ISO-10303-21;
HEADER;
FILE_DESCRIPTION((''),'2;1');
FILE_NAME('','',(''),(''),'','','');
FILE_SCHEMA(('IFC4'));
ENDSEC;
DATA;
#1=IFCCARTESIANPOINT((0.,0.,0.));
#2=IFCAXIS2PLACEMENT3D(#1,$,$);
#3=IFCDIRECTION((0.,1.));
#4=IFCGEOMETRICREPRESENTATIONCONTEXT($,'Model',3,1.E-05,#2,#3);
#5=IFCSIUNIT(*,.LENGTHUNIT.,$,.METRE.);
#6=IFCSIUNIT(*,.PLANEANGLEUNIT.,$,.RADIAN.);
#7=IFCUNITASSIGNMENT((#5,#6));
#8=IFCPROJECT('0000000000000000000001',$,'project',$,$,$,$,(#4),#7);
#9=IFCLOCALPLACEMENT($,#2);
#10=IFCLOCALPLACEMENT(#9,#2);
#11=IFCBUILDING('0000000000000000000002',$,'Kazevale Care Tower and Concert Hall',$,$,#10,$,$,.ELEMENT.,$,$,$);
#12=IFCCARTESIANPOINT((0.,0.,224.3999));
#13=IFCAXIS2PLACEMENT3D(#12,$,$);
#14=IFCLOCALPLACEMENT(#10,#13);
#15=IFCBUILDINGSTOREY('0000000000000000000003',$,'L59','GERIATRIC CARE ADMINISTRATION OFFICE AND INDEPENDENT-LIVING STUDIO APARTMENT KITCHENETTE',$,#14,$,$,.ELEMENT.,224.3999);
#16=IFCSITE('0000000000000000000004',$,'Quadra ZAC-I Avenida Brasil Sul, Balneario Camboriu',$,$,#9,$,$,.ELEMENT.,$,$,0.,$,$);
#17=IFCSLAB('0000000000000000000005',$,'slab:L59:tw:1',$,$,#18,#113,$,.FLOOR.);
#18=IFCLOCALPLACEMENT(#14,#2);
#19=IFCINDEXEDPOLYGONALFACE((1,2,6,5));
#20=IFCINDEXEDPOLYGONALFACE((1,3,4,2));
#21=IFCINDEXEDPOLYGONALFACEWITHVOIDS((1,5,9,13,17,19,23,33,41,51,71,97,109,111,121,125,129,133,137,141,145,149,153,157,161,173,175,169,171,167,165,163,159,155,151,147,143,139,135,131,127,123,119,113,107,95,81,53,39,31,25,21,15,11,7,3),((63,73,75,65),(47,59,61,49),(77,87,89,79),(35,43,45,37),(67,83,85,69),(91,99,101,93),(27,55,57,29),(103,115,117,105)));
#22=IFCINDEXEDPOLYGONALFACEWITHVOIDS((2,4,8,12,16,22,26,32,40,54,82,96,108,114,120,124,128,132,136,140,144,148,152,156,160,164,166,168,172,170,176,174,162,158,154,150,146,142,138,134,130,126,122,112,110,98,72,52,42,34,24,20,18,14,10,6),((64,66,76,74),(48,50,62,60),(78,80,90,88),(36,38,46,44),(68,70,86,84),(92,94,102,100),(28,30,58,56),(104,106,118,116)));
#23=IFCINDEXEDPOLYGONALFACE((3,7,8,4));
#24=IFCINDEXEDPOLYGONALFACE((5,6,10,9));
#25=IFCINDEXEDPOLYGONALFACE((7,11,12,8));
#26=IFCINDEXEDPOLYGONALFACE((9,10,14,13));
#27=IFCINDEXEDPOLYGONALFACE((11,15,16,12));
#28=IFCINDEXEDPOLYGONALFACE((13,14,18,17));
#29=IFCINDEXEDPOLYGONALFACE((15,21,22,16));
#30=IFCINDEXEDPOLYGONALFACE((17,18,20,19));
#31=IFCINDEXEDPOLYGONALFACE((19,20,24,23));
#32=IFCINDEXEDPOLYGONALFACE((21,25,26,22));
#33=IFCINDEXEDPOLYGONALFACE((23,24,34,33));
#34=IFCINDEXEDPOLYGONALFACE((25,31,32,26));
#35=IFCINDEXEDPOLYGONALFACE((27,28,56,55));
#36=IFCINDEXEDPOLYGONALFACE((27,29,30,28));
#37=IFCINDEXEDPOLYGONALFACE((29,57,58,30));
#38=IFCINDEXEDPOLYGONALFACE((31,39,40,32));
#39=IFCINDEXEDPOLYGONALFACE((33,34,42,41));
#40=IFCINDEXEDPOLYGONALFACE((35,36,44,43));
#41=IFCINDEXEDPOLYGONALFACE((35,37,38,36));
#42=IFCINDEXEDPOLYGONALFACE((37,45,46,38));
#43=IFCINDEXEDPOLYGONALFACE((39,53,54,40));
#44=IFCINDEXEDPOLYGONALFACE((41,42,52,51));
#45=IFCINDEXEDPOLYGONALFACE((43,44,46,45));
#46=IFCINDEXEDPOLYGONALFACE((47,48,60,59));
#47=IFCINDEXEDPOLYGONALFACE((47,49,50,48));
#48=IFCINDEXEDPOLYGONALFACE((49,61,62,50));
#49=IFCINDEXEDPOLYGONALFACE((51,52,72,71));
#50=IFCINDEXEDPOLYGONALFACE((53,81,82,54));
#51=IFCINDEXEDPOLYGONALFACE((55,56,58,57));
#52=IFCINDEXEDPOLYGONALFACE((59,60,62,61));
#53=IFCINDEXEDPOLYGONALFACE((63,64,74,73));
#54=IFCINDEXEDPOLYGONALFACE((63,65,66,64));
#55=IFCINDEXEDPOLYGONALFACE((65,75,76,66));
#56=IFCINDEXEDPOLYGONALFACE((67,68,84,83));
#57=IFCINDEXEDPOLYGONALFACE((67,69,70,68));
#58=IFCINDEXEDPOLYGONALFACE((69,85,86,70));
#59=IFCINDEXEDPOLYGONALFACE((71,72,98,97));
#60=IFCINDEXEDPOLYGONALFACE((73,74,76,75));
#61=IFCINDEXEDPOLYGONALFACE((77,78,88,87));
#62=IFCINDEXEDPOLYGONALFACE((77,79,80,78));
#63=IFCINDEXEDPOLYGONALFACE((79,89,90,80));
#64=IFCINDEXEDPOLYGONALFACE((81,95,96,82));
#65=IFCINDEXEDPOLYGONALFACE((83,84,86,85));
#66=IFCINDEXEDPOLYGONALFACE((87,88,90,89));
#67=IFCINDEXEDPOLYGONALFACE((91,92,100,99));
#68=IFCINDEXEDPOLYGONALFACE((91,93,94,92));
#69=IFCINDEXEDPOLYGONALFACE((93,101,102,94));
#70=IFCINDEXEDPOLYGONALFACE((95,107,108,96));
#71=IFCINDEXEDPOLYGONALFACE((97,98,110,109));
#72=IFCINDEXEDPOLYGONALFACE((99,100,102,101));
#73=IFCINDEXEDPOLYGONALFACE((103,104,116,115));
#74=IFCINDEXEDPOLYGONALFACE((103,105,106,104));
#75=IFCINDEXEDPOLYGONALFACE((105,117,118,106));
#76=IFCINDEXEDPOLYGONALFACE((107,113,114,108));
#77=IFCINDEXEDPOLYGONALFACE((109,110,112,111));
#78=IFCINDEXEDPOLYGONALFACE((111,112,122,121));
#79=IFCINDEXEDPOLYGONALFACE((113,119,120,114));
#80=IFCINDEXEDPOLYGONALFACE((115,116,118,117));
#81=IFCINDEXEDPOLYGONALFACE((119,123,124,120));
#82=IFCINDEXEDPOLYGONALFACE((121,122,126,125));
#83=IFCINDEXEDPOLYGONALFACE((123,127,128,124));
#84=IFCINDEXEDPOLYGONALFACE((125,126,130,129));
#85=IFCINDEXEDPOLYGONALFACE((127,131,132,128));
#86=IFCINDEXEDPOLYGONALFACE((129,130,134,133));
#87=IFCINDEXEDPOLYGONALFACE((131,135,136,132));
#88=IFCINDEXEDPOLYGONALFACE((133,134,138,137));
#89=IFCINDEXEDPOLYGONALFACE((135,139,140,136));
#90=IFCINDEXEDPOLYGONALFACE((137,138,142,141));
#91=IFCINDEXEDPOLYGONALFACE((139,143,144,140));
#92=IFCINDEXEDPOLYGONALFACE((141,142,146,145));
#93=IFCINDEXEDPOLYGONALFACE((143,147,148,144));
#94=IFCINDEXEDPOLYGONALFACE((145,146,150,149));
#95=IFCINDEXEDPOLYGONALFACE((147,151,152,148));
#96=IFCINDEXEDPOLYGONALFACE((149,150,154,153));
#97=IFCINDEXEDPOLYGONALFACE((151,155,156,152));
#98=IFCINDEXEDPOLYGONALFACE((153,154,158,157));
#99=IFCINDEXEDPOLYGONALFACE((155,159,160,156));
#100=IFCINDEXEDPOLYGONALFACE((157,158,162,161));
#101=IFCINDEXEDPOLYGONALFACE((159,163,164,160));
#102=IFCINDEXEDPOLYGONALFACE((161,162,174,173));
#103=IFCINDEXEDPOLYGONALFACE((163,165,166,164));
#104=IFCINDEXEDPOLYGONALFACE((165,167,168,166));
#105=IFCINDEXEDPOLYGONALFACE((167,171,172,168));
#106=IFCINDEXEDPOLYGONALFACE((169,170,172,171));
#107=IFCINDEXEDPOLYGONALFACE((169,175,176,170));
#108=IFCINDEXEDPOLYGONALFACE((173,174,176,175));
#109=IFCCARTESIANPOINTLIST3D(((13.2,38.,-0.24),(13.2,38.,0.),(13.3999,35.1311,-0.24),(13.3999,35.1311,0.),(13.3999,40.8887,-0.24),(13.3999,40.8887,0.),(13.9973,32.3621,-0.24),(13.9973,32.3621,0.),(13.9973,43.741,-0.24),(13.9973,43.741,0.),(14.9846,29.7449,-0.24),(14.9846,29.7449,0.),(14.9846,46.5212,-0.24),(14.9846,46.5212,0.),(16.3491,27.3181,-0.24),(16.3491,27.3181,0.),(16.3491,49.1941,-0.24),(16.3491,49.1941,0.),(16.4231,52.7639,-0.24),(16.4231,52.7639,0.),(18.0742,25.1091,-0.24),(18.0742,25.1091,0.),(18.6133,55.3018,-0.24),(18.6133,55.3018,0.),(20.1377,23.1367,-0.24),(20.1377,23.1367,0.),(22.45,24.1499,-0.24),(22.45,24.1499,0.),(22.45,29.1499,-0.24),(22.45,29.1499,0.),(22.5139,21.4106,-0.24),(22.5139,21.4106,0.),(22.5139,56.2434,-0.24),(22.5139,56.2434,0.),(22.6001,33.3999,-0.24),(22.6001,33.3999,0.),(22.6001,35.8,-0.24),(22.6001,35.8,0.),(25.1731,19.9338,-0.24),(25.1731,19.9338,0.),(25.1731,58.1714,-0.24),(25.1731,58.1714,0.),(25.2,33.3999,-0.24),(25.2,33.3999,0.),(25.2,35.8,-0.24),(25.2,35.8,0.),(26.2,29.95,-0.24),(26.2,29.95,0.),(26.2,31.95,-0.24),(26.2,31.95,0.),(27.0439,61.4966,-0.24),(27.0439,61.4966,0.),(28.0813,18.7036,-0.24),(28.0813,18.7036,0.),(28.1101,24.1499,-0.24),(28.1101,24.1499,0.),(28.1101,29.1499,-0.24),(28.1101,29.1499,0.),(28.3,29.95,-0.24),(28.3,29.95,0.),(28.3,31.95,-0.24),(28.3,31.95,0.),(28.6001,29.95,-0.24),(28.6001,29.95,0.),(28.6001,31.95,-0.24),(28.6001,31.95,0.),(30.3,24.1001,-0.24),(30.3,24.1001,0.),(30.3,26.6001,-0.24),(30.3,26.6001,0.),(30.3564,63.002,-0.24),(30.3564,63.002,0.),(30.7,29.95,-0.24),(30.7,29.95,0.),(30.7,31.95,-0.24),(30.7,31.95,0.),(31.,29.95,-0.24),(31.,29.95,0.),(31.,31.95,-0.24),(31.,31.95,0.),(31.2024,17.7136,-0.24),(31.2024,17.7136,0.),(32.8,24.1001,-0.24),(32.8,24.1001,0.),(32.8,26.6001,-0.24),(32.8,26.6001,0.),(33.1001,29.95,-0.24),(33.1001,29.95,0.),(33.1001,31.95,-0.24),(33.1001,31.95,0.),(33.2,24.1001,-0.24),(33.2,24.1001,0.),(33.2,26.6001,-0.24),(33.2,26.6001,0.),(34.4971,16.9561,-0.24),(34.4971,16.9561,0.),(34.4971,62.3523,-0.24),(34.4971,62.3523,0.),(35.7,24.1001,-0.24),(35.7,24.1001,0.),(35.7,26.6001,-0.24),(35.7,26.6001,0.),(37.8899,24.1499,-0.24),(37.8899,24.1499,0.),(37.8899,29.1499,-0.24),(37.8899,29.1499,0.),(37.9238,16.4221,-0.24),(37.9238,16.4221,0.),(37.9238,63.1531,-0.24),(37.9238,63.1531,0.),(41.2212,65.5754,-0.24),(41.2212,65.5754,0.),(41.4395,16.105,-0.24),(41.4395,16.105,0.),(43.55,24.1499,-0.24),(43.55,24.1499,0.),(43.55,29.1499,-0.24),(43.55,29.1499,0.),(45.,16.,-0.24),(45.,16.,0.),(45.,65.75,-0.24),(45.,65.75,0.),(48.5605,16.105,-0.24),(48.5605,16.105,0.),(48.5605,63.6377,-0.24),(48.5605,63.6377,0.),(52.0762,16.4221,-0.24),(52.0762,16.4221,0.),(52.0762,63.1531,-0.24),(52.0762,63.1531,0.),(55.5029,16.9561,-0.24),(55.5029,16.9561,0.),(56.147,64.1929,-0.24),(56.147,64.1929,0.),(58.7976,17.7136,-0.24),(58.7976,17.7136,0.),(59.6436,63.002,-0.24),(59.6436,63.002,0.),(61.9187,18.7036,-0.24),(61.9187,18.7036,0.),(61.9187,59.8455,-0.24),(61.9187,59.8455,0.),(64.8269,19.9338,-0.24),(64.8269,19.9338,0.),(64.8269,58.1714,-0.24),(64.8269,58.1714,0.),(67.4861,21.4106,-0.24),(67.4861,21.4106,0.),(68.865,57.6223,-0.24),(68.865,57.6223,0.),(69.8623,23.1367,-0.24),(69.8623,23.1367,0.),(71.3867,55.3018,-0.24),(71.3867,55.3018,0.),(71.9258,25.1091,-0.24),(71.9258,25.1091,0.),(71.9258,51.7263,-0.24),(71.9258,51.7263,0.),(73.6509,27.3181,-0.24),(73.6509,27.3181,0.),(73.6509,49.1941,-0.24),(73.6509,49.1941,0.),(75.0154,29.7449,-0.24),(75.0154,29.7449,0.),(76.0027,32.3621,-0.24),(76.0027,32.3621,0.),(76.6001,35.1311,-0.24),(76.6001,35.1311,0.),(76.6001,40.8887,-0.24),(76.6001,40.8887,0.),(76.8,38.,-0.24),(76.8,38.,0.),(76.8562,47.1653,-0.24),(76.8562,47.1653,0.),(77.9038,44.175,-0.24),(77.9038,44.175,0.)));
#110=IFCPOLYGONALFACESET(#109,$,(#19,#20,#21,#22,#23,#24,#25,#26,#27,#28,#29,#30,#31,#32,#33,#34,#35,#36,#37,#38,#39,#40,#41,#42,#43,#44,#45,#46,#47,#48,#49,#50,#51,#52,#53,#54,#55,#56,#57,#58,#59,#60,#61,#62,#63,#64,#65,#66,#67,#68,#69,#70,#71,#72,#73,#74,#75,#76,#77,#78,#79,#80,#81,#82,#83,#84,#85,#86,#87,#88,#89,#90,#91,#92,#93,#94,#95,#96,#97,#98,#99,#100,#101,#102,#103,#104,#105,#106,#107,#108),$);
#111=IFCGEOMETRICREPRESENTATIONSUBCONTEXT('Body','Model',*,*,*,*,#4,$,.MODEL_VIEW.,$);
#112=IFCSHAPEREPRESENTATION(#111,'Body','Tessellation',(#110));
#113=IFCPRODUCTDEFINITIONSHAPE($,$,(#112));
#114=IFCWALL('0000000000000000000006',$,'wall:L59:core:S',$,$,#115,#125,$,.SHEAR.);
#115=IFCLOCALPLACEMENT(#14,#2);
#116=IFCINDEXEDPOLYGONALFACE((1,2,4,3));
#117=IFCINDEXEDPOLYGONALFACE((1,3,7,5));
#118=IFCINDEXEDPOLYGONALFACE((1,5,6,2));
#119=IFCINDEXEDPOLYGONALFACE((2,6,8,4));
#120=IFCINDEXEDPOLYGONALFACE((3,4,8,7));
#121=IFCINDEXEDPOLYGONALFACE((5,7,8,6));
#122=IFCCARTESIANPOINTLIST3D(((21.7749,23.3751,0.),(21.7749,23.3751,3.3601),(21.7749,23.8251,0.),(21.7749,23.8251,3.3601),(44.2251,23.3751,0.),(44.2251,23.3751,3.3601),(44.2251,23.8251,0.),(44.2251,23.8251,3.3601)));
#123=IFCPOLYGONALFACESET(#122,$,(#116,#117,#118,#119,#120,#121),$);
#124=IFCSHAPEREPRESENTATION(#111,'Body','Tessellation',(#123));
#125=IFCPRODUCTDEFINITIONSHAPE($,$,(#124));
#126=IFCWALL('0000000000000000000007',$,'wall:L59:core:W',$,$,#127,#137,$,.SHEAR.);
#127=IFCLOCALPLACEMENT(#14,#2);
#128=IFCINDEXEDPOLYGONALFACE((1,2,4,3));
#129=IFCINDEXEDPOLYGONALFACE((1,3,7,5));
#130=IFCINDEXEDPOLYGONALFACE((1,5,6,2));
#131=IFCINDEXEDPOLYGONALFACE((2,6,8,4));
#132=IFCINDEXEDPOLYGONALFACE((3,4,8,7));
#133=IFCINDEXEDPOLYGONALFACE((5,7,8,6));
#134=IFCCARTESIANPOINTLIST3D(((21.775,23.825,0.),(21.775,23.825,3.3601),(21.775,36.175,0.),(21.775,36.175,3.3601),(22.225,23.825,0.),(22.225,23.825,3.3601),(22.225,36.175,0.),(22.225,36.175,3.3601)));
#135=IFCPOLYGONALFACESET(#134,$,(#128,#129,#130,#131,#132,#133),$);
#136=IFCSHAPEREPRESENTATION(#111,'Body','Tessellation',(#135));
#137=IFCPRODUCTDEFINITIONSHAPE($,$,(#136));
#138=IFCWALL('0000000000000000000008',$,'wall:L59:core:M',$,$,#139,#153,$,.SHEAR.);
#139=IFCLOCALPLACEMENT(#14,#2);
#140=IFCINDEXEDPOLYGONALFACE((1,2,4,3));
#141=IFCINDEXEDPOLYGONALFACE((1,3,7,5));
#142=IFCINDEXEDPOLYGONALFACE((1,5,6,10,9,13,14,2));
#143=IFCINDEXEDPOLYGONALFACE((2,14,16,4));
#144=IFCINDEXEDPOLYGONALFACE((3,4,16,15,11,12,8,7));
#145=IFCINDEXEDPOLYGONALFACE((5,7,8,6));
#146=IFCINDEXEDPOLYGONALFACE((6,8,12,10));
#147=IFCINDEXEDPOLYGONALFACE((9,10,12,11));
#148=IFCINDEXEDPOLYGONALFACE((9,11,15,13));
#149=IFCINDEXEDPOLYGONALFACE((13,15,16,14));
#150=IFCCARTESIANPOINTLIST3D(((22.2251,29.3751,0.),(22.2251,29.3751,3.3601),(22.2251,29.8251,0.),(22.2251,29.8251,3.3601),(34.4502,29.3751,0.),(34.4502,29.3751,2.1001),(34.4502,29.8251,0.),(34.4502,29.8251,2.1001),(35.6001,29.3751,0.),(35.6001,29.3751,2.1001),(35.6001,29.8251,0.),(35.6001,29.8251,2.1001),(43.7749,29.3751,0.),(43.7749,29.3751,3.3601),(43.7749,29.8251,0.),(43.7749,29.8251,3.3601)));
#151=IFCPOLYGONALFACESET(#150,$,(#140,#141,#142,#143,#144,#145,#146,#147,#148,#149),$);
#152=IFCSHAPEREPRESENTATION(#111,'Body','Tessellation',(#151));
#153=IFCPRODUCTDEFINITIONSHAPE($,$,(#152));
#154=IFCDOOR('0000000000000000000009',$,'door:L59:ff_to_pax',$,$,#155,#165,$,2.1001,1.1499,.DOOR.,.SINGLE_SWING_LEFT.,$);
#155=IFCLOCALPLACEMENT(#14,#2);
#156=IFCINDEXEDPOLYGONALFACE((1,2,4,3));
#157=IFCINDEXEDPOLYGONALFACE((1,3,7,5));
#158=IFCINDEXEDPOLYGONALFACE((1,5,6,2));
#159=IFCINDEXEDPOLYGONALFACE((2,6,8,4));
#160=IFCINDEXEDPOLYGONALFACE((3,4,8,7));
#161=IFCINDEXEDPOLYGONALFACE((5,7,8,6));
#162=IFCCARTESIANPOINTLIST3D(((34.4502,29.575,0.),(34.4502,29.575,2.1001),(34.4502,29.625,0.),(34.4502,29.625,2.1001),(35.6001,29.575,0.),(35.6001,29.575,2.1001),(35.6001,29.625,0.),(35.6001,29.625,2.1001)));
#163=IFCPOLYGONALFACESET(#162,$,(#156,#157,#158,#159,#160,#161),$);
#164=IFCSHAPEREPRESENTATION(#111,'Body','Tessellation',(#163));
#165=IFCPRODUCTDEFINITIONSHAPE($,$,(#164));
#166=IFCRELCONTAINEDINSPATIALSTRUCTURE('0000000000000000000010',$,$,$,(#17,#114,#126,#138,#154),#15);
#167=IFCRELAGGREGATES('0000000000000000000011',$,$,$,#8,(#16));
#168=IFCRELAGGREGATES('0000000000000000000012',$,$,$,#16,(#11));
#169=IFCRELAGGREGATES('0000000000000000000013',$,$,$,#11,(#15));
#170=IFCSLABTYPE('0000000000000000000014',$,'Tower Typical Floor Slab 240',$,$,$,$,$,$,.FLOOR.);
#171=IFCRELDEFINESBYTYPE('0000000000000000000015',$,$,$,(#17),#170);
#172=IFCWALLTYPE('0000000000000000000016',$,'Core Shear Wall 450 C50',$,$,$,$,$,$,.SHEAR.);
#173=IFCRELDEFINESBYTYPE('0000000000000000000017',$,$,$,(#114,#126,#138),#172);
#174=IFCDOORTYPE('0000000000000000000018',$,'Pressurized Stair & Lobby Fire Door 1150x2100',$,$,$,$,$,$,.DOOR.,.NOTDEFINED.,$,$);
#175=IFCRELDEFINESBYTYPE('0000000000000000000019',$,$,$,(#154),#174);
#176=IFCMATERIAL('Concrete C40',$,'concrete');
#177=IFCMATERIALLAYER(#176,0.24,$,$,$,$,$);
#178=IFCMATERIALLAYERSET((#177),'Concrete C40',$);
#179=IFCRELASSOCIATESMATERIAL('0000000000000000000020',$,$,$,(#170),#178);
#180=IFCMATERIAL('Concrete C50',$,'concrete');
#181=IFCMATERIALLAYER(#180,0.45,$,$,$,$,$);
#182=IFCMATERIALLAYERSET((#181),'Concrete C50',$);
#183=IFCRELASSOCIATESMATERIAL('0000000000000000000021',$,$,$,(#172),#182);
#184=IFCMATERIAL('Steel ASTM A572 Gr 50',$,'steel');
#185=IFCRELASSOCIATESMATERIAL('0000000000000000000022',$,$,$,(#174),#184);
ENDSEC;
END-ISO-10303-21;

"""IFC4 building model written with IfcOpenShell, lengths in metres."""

from ifc_helpers import new_model, si_unit, direction, frame, frame_2d, origin, place, context, subcontext, project, spatial, polyline, rectangle, outline, extrude, material, layer, layer_set, type_object, element, fill, save


model = new_model("IFC4")

# Units and contexts
model_context = context("Model", 3, precision=1e-05, world=origin(), true_north=direction((0.0, 1.0)))
body_context = subcontext(model_context, "Body", "Model", "MODEL_VIEW")
ifc_project = project(units=[si_unit("LENGTHUNIT", "METRE"), si_unit("PLANEANGLEUNIT", "RADIAN")], contexts=[model_context])

# Site, building, storey
site_placement = place(None, origin())
site = spatial("IfcSite", under=ifc_project, at=site_placement, Name="Quadra ZAC-I Avenida Brasil Sul, Balneario Camboriu", CompositionType="ELEMENT", RefElevation=0.0)
building_placement = place(site_placement, origin())
building = spatial("IfcBuilding", under=site, at=building_placement, Name="Kazevale Care Tower and Concert Hall", CompositionType="ELEMENT")
storey_placement = place(building_placement, frame((0.0, 0.0, 224.3999)))
storey = spatial("IfcBuildingStorey", under=building, at=storey_placement, Name="L59", Description="GERIATRIC CARE ADMINISTRATION OFFICE AND INDEPENDENT-LIVING STUDIO APARTMENT KITCHENETTE", CompositionType="ELEMENT", Elevation=224.3999)

# Shared definitions
ifc_material_1 = material(Name="Concrete C50", Category="concrete")

# Shared definitions
ifc_material_2 = material(Name="Steel ASTM A572 Gr 50", Category="steel")

# Shared definitions
ifc_material_3 = material(Name="Concrete C40", Category="concrete")

# Slab
ifc_layer_1 = layer(ifc_material_3, 0.24)
ifc_layer_set_1 = layer_set([ifc_layer_1], Name="Concrete C40")
slab_type_1 = type_object("IfcSlabType", Name="Tower Typical Floor Slab 240", PredefinedType="FLOOR", material=ifc_layer_set_1)
slab_1_placement = place(storey_placement, frame((0.0, 0.0, -0.24)))
element("IfcSlab", 1, at=slab_1_placement, inside=storey, type_object=slab_type_1, Name="slab:L59:tw:1", PredefinedType="FLOOR", context=body_context, shape_type="SweptSolid", body=[
    extrude(outline(polyline([(76.8, 38.0), (76.6001, 40.8887), (77.9038, 44.175), (76.8562, 47.1653), (73.6509, 49.1941), (71.9258, 51.7263), (71.3867, 55.3018), (68.865, 57.6223), (64.8269, 58.1714), (61.9187, 59.8455), (59.6436, 63.002), (56.147, 64.1929), (52.0762, 63.1531), (48.5605, 63.6377), (45.0, 65.75), (41.2212, 65.5754), (37.9238, 63.1531), (34.4971, 62.3523), (30.3564, 63.002), (27.0439, 61.4966), (25.1731, 58.1714), (22.5139, 56.2434), (18.6133, 55.3018), (16.4231, 52.7639), (16.3491, 49.1941), (14.9846, 46.5212), (13.9973, 43.741), (13.3999, 40.8887), (13.2, 38.0), (13.3999, 35.1311), (13.9973, 32.3621), (14.9846, 29.7449), (16.3491, 27.3181), (18.0742, 25.1091), (20.1377, 23.1367), (22.5139, 21.4106), (25.1731, 19.9338), (28.0813, 18.7036), (31.2024, 17.7136), (34.4971, 16.9561), (37.9238, 16.4221), (41.4395, 16.105), (45.0, 16.0), (48.5605, 16.105), (52.0762, 16.4221), (55.5029, 16.9561), (58.7976, 17.7136), (61.9187, 18.7036), (64.8269, 19.9338), (67.4861, 21.4106), (69.8623, 23.1367), (71.9258, 25.1091), (73.6509, 27.3181), (75.0154, 29.7449), (76.0027, 32.3621), (76.6001, 35.1311), (76.8, 38.0)]), holes=[polyline([(22.45, 24.1499), (28.1101, 24.1499), (28.1101, 29.1499), (22.45, 29.1499), (22.45, 24.1499)]), polyline([(37.8899, 24.1499), (43.55, 24.1499), (43.55, 29.1499), (37.8899, 29.1499), (37.8899, 24.1499)]), polyline([(30.3, 24.1001), (32.8, 24.1001), (32.8, 26.6001), (30.3, 26.6001), (30.3, 24.1001)]), polyline([(33.2, 24.1001), (35.7, 24.1001), (35.7, 26.6001), (33.2, 26.6001), (33.2, 24.1001)]), polyline([(22.6001, 33.3999), (25.2, 33.3999), (25.2, 35.8), (22.6001, 35.8), (22.6001, 33.3999)]), polyline([(26.2, 29.95), (28.3, 29.95), (28.3, 31.95), (26.2, 31.95), (26.2, 29.95)]), polyline([(28.6001, 29.95), (30.7, 29.95), (30.7, 31.95), (28.6001, 31.95), (28.6001, 29.95)]), polyline([(31.0, 29.95), (33.1001, 29.95), (33.1001, 31.95), (31.0, 31.95), (31.0, 29.95)])]), origin(), (0.0, 0.0, 1.0), 0.24),
])

# Walls
ifc_layer_2 = layer(ifc_material_1, 0.45)
ifc_layer_set_2 = layer_set([ifc_layer_2], Name="Concrete C50")
wall_type_1 = type_object("IfcWallType", Name="Core Shear Wall 450 C50", PredefinedType="SHEAR", material=ifc_layer_set_2)
wall_1_placement = place(storey_placement, frame((21.7749, 23.6001, 0.0), z_axis=(0.0, 0.0, 1.0), x_axis=(1.0, 0.0, 0.0)))
element("IfcWall", 2, at=wall_1_placement, inside=storey, type_object=wall_type_1, Name="wall:L59:core:S", PredefinedType="SHEAR", context=body_context, shape_type="SweptSolid", body=[
    extrude(rectangle(XDim=22.4502, YDim=0.45, at=frame_2d((11.2251, 0.0))), origin(), (0.0, 0.0, 1.0), 3.3601),
])
wall_2_placement = place(storey_placement, frame((22.0, 23.825, 0.0), z_axis=(0.0, 0.0, 1.0), x_axis=(0.0, 1.0, 0.0)))
element("IfcWall", 3, at=wall_2_placement, inside=storey, type_object=wall_type_1, Name="wall:L59:core:W", PredefinedType="SHEAR", context=body_context, shape_type="SweptSolid", body=[
    extrude(rectangle(XDim=12.3501, YDim=0.45, at=frame_2d((6.175, 0.0))), origin(), (0.0, 0.0, 1.0), 3.3601),
])

# Wall, opening, door
wall_3_placement = place(storey_placement, frame((22.2251, 29.6001, 0.0), z_axis=(0.0, 0.0, 1.0), x_axis=(1.0, 0.0, 0.0)))
wall_3 = element("IfcWall", 4, at=wall_3_placement, inside=storey, type_object=wall_type_1, Name="wall:L59:core:M", PredefinedType="SHEAR", context=body_context, shape_type="SweptSolid", body=[
    extrude(rectangle(XDim=21.5498, YDim=0.45, at=frame_2d((10.7749, 0.0))), origin(), (0.0, 0.0, 1.0), 3.3601),
])
opening_1_placement = place(wall_3_placement, frame((12.2251, 0.0, 0.0)))
opening_1 = element("IfcOpeningElement", 5, at=opening_1_placement, cuts=wall_3, PredefinedType="OPENING", context=body_context, shape_type="SweptSolid", body=[
    extrude(rectangle(XDim=1.1499, YDim=2.1001, at=frame_2d((0.575, 1.05))), frame((0.0, 0.2349, 0.0), z_axis=(0.0, -1.0, 0.0), x_axis=(1.0, 0.0, 0.0)), (0.0, 0.0, 1.0), 0.47),
])
door_type_1 = type_object("IfcDoorType", Name="Pressurized Stair & Lobby Fire Door 1150x2100", OperationType="NOTDEFINED", PredefinedType="DOOR", material=ifc_material_2)
door_1_placement = place(opening_1_placement, origin())
door_1 = element("IfcDoor", 6, at=door_1_placement, inside=storey, type_object=door_type_1, Name="door:L59:ff_to_pax", OperationType="SINGLE_SWING_LEFT", OverallHeight=2.1001, OverallWidth=1.1499, PredefinedType="DOOR", context=body_context, shape_type="SweptSolid", body=[
    extrude(rectangle(XDim=1.1499, YDim=2.1001, at=frame_2d((0.575, 1.05))), frame((0.0, 0.0249, 0.0), z_axis=(0.0, -1.0, 0.0), x_axis=(1.0, 0.0, 0.0)), (0.0, 0.0, 1.0), 0.05),
])
fill(opening_1, door_1)

save(model, "model.ifc")
